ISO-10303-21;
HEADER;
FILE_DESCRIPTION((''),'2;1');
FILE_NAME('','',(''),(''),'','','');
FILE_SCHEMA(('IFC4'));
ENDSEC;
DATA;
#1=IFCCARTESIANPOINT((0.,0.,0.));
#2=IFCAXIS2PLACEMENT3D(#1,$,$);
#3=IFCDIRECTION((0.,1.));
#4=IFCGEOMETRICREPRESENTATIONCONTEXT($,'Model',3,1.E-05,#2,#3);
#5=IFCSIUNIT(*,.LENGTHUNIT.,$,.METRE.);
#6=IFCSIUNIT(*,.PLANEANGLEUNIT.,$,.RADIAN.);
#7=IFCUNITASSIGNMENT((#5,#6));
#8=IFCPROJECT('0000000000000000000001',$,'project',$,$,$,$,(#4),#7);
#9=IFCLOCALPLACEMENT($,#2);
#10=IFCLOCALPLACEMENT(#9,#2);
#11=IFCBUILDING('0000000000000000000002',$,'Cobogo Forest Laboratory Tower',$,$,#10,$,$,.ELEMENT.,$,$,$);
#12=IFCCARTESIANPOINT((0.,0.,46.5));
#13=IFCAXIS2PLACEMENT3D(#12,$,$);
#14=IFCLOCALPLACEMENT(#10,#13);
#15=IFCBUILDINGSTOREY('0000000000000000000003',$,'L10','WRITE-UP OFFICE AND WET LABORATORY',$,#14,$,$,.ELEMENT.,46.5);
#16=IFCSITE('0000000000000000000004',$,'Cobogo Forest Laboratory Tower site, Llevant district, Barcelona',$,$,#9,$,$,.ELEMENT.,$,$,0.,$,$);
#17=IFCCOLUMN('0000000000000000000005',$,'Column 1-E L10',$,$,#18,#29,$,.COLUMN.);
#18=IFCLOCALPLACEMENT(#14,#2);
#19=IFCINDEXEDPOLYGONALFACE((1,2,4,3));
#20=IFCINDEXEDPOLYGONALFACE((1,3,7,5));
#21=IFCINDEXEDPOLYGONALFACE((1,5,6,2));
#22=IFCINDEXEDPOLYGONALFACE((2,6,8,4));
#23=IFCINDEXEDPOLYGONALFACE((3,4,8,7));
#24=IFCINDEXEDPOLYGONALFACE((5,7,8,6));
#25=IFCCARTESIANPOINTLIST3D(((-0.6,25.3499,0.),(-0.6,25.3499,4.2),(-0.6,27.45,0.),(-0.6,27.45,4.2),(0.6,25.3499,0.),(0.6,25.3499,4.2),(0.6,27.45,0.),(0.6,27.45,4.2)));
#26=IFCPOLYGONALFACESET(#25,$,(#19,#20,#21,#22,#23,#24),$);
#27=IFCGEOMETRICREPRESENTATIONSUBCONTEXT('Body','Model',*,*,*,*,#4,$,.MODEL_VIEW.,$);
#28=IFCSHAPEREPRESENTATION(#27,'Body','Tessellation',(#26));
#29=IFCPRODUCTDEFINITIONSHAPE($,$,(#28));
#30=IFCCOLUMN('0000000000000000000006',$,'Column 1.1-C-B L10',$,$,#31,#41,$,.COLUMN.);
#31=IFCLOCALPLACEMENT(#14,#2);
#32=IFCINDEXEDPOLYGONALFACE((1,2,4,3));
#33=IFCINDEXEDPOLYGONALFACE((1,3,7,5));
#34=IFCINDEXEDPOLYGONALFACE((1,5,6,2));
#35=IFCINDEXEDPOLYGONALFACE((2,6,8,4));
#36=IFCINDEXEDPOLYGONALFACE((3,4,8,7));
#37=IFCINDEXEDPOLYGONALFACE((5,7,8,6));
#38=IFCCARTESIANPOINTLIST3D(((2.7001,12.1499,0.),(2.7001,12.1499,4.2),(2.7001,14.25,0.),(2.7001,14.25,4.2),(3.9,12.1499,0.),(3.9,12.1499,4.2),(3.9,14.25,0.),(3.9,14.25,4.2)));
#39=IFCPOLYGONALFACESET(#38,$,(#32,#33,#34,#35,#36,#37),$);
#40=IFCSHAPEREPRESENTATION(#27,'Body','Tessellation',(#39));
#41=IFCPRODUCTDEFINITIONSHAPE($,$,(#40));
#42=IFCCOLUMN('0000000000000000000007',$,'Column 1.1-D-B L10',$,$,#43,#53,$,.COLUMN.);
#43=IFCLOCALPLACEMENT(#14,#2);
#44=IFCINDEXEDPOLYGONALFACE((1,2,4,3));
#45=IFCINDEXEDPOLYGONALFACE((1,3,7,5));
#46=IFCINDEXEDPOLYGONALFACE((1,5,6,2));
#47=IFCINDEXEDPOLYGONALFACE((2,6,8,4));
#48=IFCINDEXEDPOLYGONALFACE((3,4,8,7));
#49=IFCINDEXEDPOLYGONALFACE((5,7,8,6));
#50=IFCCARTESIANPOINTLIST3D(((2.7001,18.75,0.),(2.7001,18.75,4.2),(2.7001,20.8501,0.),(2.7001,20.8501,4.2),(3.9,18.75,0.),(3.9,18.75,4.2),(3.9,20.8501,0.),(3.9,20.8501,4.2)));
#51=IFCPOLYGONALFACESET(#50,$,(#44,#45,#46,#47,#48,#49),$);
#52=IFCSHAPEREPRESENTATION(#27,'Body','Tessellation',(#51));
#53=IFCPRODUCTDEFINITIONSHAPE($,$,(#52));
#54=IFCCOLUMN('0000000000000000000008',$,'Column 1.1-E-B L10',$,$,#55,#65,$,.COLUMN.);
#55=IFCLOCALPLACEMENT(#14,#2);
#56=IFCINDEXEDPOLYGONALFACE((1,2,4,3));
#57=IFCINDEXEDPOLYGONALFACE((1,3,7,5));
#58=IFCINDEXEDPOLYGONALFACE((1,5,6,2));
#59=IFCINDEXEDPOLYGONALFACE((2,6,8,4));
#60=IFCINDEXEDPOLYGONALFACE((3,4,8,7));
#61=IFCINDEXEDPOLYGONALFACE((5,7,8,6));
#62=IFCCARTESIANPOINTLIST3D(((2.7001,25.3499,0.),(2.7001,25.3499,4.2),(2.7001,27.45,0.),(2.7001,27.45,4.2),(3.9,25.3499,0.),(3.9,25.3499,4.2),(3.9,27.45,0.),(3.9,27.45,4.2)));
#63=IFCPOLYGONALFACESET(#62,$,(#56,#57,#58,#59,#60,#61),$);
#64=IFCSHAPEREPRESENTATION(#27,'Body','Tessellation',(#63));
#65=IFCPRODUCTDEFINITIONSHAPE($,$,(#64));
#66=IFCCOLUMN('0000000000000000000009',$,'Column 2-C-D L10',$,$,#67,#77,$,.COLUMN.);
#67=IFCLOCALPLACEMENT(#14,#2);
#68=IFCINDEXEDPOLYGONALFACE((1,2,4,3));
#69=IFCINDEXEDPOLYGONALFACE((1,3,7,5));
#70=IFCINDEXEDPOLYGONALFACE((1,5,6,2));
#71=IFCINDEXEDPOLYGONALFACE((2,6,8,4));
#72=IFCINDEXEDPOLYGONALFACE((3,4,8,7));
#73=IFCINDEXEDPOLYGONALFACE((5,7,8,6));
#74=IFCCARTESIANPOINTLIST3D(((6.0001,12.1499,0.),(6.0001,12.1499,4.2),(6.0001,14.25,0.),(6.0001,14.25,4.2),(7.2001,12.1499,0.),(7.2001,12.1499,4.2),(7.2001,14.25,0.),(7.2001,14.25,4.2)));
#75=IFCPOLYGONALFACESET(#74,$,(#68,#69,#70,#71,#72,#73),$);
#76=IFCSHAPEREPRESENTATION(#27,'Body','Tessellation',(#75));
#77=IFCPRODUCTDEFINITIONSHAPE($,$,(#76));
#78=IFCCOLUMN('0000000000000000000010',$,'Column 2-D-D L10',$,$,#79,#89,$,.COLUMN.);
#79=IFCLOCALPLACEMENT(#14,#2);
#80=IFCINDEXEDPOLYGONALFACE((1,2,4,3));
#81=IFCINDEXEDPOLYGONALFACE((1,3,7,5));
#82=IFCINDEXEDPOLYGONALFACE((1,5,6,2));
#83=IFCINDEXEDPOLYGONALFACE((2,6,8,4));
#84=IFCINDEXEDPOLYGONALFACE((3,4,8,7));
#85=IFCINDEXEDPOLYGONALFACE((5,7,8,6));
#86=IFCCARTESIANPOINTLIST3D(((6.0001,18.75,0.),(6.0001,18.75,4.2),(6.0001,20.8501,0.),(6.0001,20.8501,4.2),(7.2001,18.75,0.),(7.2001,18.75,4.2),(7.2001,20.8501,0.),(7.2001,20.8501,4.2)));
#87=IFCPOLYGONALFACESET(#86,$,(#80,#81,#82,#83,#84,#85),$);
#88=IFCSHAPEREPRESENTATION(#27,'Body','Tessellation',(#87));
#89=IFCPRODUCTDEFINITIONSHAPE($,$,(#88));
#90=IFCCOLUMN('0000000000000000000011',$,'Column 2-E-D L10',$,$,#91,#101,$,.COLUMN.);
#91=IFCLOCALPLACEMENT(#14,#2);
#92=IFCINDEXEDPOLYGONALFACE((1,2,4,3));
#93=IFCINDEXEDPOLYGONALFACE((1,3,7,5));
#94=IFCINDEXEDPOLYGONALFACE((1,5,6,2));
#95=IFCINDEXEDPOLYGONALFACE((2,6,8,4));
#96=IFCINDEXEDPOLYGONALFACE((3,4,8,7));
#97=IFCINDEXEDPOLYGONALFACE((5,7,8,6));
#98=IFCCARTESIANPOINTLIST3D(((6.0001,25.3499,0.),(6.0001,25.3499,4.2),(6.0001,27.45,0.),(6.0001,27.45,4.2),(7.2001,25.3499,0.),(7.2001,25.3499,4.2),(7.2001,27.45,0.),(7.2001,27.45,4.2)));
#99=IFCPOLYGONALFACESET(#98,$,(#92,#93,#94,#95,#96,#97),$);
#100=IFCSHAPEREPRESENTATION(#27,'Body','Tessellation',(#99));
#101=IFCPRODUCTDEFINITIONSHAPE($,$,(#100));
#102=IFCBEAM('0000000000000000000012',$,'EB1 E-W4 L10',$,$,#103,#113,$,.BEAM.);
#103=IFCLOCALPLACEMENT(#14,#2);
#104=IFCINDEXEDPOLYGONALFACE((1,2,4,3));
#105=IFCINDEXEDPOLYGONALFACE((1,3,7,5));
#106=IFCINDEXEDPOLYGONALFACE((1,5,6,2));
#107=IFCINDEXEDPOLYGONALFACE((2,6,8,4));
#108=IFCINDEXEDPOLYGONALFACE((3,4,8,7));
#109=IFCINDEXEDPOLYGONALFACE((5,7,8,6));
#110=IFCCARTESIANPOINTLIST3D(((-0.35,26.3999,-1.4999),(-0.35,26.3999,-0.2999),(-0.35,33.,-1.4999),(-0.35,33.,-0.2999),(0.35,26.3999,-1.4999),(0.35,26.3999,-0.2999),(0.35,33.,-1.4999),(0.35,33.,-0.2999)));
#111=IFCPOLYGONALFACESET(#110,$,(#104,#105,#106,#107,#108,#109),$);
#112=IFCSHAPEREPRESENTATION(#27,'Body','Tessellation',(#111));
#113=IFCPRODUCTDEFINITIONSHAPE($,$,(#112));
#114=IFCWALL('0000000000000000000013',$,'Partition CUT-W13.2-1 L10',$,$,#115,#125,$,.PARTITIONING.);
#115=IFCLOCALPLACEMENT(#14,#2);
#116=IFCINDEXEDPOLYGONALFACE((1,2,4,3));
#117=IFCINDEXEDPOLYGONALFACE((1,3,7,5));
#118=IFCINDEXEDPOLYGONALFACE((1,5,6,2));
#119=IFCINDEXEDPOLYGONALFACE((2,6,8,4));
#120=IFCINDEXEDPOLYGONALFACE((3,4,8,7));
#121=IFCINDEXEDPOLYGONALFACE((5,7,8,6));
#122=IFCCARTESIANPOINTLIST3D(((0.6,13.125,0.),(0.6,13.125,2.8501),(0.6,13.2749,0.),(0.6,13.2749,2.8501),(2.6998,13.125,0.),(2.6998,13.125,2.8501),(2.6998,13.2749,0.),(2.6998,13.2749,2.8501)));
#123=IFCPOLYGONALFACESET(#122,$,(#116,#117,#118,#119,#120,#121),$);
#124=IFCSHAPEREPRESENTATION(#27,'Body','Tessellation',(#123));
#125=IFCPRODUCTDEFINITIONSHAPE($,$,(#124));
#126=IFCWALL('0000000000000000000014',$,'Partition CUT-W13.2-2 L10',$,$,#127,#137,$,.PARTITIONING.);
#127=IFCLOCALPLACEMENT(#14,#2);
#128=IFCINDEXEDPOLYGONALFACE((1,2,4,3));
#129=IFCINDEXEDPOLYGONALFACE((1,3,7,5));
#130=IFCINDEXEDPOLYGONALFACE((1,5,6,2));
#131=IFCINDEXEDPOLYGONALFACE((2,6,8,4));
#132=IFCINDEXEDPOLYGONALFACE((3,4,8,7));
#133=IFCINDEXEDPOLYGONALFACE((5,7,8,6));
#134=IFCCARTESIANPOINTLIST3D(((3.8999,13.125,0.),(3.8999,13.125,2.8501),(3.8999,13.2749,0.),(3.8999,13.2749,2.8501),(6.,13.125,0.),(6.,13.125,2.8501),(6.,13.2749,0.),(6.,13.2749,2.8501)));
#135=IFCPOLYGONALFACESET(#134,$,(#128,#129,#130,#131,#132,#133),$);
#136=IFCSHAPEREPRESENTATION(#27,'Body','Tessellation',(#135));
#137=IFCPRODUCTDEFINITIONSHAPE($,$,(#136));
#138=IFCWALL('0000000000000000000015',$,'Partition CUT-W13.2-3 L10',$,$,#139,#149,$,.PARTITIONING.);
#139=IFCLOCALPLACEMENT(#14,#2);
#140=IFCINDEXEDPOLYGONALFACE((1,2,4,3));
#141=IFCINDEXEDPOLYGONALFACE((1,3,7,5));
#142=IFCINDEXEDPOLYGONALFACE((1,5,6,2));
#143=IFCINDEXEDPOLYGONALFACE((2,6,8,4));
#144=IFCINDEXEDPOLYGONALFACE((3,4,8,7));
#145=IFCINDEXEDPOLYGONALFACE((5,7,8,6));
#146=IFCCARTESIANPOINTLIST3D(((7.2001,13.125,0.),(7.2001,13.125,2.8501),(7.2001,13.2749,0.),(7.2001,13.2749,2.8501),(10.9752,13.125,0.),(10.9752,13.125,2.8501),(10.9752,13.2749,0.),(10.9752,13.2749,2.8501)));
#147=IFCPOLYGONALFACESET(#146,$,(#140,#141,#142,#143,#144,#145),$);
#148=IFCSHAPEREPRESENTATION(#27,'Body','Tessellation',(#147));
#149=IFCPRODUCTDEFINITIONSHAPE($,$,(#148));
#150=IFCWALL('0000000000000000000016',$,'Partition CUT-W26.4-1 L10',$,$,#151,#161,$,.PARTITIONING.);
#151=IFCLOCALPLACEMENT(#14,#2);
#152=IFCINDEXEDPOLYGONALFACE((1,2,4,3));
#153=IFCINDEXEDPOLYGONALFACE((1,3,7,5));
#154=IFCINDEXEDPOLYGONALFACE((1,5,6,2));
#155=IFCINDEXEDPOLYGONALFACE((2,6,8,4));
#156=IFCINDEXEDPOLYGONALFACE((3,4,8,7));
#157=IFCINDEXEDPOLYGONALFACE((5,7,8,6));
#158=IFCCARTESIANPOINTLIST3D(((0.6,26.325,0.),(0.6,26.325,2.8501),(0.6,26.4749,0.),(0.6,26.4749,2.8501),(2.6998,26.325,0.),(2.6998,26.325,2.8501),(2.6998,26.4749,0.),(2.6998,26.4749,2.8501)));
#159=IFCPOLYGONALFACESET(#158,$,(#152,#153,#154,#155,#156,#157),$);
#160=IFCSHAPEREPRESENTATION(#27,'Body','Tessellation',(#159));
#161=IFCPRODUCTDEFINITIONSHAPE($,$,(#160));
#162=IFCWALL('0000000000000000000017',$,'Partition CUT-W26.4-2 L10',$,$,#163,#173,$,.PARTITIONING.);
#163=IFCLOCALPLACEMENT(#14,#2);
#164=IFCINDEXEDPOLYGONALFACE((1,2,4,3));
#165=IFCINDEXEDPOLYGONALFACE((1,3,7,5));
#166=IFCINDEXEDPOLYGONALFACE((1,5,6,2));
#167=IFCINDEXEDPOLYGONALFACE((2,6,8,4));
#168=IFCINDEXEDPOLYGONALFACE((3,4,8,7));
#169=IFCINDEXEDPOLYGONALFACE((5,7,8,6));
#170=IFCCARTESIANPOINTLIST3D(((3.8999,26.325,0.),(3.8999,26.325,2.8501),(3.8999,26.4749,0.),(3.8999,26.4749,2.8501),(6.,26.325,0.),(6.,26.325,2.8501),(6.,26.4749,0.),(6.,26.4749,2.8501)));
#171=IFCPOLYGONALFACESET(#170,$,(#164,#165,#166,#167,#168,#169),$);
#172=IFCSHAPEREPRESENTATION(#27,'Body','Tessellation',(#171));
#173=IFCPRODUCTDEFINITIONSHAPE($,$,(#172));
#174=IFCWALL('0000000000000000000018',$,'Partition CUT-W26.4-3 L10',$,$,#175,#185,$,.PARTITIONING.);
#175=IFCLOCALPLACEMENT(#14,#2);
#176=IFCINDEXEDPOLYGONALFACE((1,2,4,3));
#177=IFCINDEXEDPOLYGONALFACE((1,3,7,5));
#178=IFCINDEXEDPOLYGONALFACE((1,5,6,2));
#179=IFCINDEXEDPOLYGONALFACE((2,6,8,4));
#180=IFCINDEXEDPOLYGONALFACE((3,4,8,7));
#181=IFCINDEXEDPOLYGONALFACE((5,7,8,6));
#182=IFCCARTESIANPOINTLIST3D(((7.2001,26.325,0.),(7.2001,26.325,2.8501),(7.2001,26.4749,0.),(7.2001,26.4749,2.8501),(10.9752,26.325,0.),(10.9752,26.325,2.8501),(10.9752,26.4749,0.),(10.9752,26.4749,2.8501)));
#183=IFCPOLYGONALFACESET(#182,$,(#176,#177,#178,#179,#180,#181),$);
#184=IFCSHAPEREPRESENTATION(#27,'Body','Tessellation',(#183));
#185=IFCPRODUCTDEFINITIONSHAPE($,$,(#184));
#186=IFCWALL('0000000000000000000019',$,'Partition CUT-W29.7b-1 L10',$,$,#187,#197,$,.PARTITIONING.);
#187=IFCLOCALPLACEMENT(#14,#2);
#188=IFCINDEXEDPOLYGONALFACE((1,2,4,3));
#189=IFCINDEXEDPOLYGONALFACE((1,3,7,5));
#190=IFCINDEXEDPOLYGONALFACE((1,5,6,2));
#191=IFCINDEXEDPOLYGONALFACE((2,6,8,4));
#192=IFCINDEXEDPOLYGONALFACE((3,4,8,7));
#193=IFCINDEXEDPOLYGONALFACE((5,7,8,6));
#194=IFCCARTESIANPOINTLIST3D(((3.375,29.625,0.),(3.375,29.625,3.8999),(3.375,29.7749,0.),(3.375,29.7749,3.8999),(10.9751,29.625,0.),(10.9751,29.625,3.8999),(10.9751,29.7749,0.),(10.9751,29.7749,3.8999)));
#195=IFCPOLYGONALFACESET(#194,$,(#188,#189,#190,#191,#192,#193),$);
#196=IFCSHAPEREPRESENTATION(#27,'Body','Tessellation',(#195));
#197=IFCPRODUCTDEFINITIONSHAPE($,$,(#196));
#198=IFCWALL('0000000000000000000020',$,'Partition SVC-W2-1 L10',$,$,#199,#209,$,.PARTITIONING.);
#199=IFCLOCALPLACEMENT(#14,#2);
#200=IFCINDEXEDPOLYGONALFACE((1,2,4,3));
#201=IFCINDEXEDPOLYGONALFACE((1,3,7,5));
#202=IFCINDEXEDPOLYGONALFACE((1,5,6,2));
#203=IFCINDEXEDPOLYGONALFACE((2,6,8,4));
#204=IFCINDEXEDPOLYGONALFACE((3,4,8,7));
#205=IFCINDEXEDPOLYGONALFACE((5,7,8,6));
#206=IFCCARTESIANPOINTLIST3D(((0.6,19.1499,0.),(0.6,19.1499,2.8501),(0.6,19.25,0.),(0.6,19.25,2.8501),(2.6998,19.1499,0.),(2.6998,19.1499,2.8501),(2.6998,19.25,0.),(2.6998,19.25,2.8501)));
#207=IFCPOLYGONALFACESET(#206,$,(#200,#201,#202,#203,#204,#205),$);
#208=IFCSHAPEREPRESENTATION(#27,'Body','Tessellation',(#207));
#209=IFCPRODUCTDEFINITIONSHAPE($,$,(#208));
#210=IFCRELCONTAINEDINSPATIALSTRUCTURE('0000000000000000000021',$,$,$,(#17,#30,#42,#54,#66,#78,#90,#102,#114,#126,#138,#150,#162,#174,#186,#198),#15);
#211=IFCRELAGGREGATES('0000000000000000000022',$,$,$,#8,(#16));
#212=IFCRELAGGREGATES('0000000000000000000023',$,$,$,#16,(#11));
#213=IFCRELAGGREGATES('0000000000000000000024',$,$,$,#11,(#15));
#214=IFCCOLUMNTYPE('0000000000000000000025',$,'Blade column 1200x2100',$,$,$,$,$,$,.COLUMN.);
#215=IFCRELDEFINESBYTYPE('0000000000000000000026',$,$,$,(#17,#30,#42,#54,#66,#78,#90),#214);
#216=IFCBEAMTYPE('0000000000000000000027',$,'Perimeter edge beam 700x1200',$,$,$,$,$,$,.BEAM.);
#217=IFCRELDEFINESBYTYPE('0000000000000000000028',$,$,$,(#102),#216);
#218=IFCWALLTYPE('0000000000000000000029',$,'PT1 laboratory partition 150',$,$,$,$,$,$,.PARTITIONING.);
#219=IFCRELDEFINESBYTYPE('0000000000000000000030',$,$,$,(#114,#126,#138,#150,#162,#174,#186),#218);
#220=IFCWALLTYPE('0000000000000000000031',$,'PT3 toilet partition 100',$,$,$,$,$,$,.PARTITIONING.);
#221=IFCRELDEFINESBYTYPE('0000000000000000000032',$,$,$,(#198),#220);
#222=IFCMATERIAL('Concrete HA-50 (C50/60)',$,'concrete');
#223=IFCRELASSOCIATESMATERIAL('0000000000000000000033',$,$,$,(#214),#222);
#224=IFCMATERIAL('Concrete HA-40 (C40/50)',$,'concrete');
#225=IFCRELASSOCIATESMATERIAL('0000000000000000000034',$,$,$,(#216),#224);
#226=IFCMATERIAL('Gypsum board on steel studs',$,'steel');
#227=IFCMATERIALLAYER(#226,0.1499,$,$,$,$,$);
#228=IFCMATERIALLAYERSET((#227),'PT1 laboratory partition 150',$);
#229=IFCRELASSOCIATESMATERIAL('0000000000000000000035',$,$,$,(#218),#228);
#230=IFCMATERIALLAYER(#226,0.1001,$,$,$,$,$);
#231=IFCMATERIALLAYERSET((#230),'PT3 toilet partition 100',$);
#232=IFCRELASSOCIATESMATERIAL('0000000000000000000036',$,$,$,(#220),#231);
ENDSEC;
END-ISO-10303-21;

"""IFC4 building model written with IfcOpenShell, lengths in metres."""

from ifc_helpers import new_model, si_unit, direction, frame, frame_2d, origin, origin_2d, place, context, subcontext, project, spatial, rectangle, extrude, material, layer, layer_set, material_profile, profile_set, type_object, element, save


model = new_model("IFC4")

# Units and contexts
model_context = context("Model", 3, precision=1e-05, world=origin(), true_north=direction((0.0, 1.0)))
body_context = subcontext(model_context, "Body", "Model", "MODEL_VIEW")
ifc_project = project(units=[si_unit("LENGTHUNIT", "METRE"), si_unit("PLANEANGLEUNIT", "RADIAN")], contexts=[model_context])

# Site, building, storey
site_placement = place(None, origin())
site = spatial("IfcSite", under=ifc_project, at=site_placement, Name="Cobogo Forest Laboratory Tower site, Llevant district, Barcelona", CompositionType="ELEMENT", RefElevation=0.0)
building_placement = place(site_placement, origin())
building = spatial("IfcBuilding", under=site, at=building_placement, Name="Cobogo Forest Laboratory Tower", CompositionType="ELEMENT")
storey_placement = place(building_placement, frame((0.0, 0.0, 46.5)))
storey = spatial("IfcBuildingStorey", under=building, at=storey_placement, Name="L10", Description="WRITE-UP OFFICE AND WET LABORATORY", CompositionType="ELEMENT", Elevation=46.5)

# Columns
ifc_material_1 = material(Name="Concrete HA-50 (C50/60)", Category="concrete")
ifc_material_profile_1 = material_profile(ifc_material_1, rectangle(XDim=2.1001, YDim=1.2, at=origin_2d()), Name="RC 1200x2100")
ifc_profile_set_1 = profile_set([ifc_material_profile_1], Name="Concrete HA-50 (C50/60)")
column_type = type_object("IfcColumnType", Name="Blade column 1200x2100", PredefinedType="COLUMN", material=ifc_profile_set_1)
for number, where, z_axis, x_axis, name in (
    (1, (0.0, 26.3999, 0.0), (0.0, 0.0, 1.0), (0.0, 1.0, 0.0), "Column 1-E L10"),
    (2, (3.3, 13.2, 0.0), (0.0, 0.0, 1.0), (0.0, 1.0, 0.0), "Column 1.1-C-B L10"),
    (3, (3.3, 19.8, 0.0), (0.0, 0.0, 1.0), (0.0, 1.0, 0.0), "Column 1.1-D-B L10"),
    (4, (3.3, 26.3999, 0.0), (0.0, 0.0, 1.0), (0.0, 1.0, 0.0), "Column 1.1-E-B L10"),
    (5, (6.6001, 13.2, 0.0), (0.0, 0.0, 1.0), (0.0, 1.0, 0.0), "Column 2-C-D L10"),
    (6, (6.6001, 19.8, 0.0), (0.0, 0.0, 1.0), (0.0, 1.0, 0.0), "Column 2-D-D L10"),
    (7, (6.6001, 26.3999, 0.0), (0.0, 0.0, 1.0), (0.0, 1.0, 0.0), "Column 2-E-D L10"),
):
    element("IfcColumn", number, at=place(storey_placement, frame(where, z_axis=z_axis, x_axis=x_axis)), inside=storey, type_object=column_type, Name=name, PredefinedType="COLUMN", context=body_context, shape_type="SweptSolid", body=[
        extrude(rectangle(XDim=2.1001, YDim=1.2, at=origin_2d()), origin(), (0.0, 0.0, 1.0), 4.2),
    ])

# Beam
ifc_material_2 = material(Name="Concrete HA-40 (C40/50)", Category="concrete")
ifc_material_profile_2 = material_profile(ifc_material_2, rectangle(XDim=0.7, YDim=1.2, at=origin_2d()), Name="RC 700x1200")
ifc_profile_set_2 = profile_set([ifc_material_profile_2], Name="Concrete HA-40 (C40/50)")
beam_type = type_object("IfcBeamType", Name="Perimeter edge beam 700x1200", PredefinedType="BEAM", material=ifc_profile_set_2)
beam_placement = place(storey_placement, frame((0.0, 26.3999, -0.8999), z_axis=(0.0, 1.0, 0.0), x_axis=(-1.0, 0.0, 0.0)))
element("IfcBeam", 8, at=beam_placement, inside=storey, type_object=beam_type, Name="EB1 E-W4 L10", PredefinedType="BEAM", context=body_context, shape_type="SweptSolid", body=[
    extrude(rectangle(XDim=0.7, YDim=1.2, at=origin_2d()), origin(), (0.0, 0.0, 1.0), 6.6001),
])

# Walls
ifc_material_3 = material(Name="Gypsum board on steel studs", Category="steel")
ifc_layer_1 = layer(ifc_material_3, 0.1499)
ifc_layer_set_1 = layer_set([ifc_layer_1], Name="PT1 laboratory partition 150")
wall_type_1 = type_object("IfcWallType", Name="PT1 laboratory partition 150", PredefinedType="PARTITIONING", material=ifc_layer_set_1)
wall_1_placement = place(storey_placement, frame((0.6001, 13.2, 0.0), z_axis=(0.0, 0.0, 1.0), x_axis=(1.0, 0.0, 0.0)))
element("IfcWall", 9, at=wall_1_placement, inside=storey, type_object=wall_type_1, Name="Partition CUT-W13.2-1 L10", PredefinedType="PARTITIONING", context=body_context, shape_type="SweptSolid", body=[
    extrude(rectangle(XDim=2.0999, YDim=0.1499, at=frame_2d((1.0498, 0.0))), origin(), (0.0, 0.0, 1.0), 2.8501),
])
wall_2_placement = place(storey_placement, frame((3.8999, 13.2, 0.0), z_axis=(0.0, 0.0, 1.0), x_axis=(1.0, 0.0, 0.0)))
element("IfcWall", 10, at=wall_2_placement, inside=storey, type_object=wall_type_1, Name="Partition CUT-W13.2-2 L10", PredefinedType="PARTITIONING", context=body_context, shape_type="SweptSolid", body=[
    extrude(rectangle(XDim=2.1001, YDim=0.1499, at=frame_2d((1.05, 0.0))), origin(), (0.0, 0.0, 1.0), 2.8501),
])
wall_3_placement = place(storey_placement, frame((7.2, 13.2, 0.0), z_axis=(0.0, 0.0, 1.0), x_axis=(1.0, 0.0, 0.0)))
element("IfcWall", 11, at=wall_3_placement, inside=storey, type_object=wall_type_1, Name="Partition CUT-W13.2-3 L10", PredefinedType="PARTITIONING", context=body_context, shape_type="SweptSolid", body=[
    extrude(rectangle(XDim=3.7751, YDim=0.1499, at=frame_2d((1.8877, 0.0))), origin(), (0.0, 0.0, 1.0), 2.8501),
])
wall_4_placement = place(storey_placement, frame((0.6001, 26.3999, 0.0), z_axis=(0.0, 0.0, 1.0), x_axis=(1.0, 0.0, 0.0)))
element("IfcWall", 12, at=wall_4_placement, inside=storey, type_object=wall_type_1, Name="Partition CUT-W26.4-1 L10", PredefinedType="PARTITIONING", context=body_context, shape_type="SweptSolid", body=[
    extrude(rectangle(XDim=2.0999, YDim=0.1499, at=frame_2d((1.0498, 0.0))), origin(), (0.0, 0.0, 1.0), 2.8501),
])
wall_5_placement = place(storey_placement, frame((3.8999, 26.3999, 0.0), z_axis=(0.0, 0.0, 1.0), x_axis=(1.0, 0.0, 0.0)))
element("IfcWall", 13, at=wall_5_placement, inside=storey, type_object=wall_type_1, Name="Partition CUT-W26.4-2 L10", PredefinedType="PARTITIONING", context=body_context, shape_type="SweptSolid", body=[
    extrude(rectangle(XDim=2.1001, YDim=0.1499, at=frame_2d((1.05, 0.0))), origin(), (0.0, 0.0, 1.0), 2.8501),
])
wall_6_placement = place(storey_placement, frame((7.2, 26.3999, 0.0), z_axis=(0.0, 0.0, 1.0), x_axis=(1.0, 0.0, 0.0)))
element("IfcWall", 14, at=wall_6_placement, inside=storey, type_object=wall_type_1, Name="Partition CUT-W26.4-3 L10", PredefinedType="PARTITIONING", context=body_context, shape_type="SweptSolid", body=[
    extrude(rectangle(XDim=3.7751, YDim=0.1499, at=frame_2d((1.8877, 0.0))), origin(), (0.0, 0.0, 1.0), 2.8501),
])
wall_7_placement = place(storey_placement, frame((3.375, 29.7, 0.0), z_axis=(0.0, 0.0, 1.0), x_axis=(1.0, 0.0, 0.0)))
element("IfcWall", 15, at=wall_7_placement, inside=storey, type_object=wall_type_1, Name="Partition CUT-W29.7b-1 L10", PredefinedType="PARTITIONING", context=body_context, shape_type="SweptSolid", body=[
    extrude(rectangle(XDim=7.6001, YDim=0.1499, at=frame_2d((3.8, 0.0))), origin(), (0.0, 0.0, 1.0), 3.8999),
])
ifc_layer_2 = layer(ifc_material_3, 0.1001)
ifc_layer_set_2 = layer_set([ifc_layer_2], Name="PT3 toilet partition 100")
wall_type_2 = type_object("IfcWallType", Name="PT3 toilet partition 100", PredefinedType="PARTITIONING", material=ifc_layer_set_2)
wall_8_placement = place(storey_placement, frame((0.6001, 19.2, 0.0), z_axis=(0.0, 0.0, 1.0), x_axis=(1.0, 0.0, 0.0)))
element("IfcWall", 16, at=wall_8_placement, inside=storey, type_object=wall_type_2, Name="Partition SVC-W2-1 L10", PredefinedType="PARTITIONING", context=body_context, shape_type="SweptSolid", body=[
    extrude(rectangle(XDim=2.0999, YDim=0.1001, at=frame_2d((1.0498, 0.0))), origin(), (0.0, 0.0, 1.0), 2.8501),
])

save(model, "model.ifc")
